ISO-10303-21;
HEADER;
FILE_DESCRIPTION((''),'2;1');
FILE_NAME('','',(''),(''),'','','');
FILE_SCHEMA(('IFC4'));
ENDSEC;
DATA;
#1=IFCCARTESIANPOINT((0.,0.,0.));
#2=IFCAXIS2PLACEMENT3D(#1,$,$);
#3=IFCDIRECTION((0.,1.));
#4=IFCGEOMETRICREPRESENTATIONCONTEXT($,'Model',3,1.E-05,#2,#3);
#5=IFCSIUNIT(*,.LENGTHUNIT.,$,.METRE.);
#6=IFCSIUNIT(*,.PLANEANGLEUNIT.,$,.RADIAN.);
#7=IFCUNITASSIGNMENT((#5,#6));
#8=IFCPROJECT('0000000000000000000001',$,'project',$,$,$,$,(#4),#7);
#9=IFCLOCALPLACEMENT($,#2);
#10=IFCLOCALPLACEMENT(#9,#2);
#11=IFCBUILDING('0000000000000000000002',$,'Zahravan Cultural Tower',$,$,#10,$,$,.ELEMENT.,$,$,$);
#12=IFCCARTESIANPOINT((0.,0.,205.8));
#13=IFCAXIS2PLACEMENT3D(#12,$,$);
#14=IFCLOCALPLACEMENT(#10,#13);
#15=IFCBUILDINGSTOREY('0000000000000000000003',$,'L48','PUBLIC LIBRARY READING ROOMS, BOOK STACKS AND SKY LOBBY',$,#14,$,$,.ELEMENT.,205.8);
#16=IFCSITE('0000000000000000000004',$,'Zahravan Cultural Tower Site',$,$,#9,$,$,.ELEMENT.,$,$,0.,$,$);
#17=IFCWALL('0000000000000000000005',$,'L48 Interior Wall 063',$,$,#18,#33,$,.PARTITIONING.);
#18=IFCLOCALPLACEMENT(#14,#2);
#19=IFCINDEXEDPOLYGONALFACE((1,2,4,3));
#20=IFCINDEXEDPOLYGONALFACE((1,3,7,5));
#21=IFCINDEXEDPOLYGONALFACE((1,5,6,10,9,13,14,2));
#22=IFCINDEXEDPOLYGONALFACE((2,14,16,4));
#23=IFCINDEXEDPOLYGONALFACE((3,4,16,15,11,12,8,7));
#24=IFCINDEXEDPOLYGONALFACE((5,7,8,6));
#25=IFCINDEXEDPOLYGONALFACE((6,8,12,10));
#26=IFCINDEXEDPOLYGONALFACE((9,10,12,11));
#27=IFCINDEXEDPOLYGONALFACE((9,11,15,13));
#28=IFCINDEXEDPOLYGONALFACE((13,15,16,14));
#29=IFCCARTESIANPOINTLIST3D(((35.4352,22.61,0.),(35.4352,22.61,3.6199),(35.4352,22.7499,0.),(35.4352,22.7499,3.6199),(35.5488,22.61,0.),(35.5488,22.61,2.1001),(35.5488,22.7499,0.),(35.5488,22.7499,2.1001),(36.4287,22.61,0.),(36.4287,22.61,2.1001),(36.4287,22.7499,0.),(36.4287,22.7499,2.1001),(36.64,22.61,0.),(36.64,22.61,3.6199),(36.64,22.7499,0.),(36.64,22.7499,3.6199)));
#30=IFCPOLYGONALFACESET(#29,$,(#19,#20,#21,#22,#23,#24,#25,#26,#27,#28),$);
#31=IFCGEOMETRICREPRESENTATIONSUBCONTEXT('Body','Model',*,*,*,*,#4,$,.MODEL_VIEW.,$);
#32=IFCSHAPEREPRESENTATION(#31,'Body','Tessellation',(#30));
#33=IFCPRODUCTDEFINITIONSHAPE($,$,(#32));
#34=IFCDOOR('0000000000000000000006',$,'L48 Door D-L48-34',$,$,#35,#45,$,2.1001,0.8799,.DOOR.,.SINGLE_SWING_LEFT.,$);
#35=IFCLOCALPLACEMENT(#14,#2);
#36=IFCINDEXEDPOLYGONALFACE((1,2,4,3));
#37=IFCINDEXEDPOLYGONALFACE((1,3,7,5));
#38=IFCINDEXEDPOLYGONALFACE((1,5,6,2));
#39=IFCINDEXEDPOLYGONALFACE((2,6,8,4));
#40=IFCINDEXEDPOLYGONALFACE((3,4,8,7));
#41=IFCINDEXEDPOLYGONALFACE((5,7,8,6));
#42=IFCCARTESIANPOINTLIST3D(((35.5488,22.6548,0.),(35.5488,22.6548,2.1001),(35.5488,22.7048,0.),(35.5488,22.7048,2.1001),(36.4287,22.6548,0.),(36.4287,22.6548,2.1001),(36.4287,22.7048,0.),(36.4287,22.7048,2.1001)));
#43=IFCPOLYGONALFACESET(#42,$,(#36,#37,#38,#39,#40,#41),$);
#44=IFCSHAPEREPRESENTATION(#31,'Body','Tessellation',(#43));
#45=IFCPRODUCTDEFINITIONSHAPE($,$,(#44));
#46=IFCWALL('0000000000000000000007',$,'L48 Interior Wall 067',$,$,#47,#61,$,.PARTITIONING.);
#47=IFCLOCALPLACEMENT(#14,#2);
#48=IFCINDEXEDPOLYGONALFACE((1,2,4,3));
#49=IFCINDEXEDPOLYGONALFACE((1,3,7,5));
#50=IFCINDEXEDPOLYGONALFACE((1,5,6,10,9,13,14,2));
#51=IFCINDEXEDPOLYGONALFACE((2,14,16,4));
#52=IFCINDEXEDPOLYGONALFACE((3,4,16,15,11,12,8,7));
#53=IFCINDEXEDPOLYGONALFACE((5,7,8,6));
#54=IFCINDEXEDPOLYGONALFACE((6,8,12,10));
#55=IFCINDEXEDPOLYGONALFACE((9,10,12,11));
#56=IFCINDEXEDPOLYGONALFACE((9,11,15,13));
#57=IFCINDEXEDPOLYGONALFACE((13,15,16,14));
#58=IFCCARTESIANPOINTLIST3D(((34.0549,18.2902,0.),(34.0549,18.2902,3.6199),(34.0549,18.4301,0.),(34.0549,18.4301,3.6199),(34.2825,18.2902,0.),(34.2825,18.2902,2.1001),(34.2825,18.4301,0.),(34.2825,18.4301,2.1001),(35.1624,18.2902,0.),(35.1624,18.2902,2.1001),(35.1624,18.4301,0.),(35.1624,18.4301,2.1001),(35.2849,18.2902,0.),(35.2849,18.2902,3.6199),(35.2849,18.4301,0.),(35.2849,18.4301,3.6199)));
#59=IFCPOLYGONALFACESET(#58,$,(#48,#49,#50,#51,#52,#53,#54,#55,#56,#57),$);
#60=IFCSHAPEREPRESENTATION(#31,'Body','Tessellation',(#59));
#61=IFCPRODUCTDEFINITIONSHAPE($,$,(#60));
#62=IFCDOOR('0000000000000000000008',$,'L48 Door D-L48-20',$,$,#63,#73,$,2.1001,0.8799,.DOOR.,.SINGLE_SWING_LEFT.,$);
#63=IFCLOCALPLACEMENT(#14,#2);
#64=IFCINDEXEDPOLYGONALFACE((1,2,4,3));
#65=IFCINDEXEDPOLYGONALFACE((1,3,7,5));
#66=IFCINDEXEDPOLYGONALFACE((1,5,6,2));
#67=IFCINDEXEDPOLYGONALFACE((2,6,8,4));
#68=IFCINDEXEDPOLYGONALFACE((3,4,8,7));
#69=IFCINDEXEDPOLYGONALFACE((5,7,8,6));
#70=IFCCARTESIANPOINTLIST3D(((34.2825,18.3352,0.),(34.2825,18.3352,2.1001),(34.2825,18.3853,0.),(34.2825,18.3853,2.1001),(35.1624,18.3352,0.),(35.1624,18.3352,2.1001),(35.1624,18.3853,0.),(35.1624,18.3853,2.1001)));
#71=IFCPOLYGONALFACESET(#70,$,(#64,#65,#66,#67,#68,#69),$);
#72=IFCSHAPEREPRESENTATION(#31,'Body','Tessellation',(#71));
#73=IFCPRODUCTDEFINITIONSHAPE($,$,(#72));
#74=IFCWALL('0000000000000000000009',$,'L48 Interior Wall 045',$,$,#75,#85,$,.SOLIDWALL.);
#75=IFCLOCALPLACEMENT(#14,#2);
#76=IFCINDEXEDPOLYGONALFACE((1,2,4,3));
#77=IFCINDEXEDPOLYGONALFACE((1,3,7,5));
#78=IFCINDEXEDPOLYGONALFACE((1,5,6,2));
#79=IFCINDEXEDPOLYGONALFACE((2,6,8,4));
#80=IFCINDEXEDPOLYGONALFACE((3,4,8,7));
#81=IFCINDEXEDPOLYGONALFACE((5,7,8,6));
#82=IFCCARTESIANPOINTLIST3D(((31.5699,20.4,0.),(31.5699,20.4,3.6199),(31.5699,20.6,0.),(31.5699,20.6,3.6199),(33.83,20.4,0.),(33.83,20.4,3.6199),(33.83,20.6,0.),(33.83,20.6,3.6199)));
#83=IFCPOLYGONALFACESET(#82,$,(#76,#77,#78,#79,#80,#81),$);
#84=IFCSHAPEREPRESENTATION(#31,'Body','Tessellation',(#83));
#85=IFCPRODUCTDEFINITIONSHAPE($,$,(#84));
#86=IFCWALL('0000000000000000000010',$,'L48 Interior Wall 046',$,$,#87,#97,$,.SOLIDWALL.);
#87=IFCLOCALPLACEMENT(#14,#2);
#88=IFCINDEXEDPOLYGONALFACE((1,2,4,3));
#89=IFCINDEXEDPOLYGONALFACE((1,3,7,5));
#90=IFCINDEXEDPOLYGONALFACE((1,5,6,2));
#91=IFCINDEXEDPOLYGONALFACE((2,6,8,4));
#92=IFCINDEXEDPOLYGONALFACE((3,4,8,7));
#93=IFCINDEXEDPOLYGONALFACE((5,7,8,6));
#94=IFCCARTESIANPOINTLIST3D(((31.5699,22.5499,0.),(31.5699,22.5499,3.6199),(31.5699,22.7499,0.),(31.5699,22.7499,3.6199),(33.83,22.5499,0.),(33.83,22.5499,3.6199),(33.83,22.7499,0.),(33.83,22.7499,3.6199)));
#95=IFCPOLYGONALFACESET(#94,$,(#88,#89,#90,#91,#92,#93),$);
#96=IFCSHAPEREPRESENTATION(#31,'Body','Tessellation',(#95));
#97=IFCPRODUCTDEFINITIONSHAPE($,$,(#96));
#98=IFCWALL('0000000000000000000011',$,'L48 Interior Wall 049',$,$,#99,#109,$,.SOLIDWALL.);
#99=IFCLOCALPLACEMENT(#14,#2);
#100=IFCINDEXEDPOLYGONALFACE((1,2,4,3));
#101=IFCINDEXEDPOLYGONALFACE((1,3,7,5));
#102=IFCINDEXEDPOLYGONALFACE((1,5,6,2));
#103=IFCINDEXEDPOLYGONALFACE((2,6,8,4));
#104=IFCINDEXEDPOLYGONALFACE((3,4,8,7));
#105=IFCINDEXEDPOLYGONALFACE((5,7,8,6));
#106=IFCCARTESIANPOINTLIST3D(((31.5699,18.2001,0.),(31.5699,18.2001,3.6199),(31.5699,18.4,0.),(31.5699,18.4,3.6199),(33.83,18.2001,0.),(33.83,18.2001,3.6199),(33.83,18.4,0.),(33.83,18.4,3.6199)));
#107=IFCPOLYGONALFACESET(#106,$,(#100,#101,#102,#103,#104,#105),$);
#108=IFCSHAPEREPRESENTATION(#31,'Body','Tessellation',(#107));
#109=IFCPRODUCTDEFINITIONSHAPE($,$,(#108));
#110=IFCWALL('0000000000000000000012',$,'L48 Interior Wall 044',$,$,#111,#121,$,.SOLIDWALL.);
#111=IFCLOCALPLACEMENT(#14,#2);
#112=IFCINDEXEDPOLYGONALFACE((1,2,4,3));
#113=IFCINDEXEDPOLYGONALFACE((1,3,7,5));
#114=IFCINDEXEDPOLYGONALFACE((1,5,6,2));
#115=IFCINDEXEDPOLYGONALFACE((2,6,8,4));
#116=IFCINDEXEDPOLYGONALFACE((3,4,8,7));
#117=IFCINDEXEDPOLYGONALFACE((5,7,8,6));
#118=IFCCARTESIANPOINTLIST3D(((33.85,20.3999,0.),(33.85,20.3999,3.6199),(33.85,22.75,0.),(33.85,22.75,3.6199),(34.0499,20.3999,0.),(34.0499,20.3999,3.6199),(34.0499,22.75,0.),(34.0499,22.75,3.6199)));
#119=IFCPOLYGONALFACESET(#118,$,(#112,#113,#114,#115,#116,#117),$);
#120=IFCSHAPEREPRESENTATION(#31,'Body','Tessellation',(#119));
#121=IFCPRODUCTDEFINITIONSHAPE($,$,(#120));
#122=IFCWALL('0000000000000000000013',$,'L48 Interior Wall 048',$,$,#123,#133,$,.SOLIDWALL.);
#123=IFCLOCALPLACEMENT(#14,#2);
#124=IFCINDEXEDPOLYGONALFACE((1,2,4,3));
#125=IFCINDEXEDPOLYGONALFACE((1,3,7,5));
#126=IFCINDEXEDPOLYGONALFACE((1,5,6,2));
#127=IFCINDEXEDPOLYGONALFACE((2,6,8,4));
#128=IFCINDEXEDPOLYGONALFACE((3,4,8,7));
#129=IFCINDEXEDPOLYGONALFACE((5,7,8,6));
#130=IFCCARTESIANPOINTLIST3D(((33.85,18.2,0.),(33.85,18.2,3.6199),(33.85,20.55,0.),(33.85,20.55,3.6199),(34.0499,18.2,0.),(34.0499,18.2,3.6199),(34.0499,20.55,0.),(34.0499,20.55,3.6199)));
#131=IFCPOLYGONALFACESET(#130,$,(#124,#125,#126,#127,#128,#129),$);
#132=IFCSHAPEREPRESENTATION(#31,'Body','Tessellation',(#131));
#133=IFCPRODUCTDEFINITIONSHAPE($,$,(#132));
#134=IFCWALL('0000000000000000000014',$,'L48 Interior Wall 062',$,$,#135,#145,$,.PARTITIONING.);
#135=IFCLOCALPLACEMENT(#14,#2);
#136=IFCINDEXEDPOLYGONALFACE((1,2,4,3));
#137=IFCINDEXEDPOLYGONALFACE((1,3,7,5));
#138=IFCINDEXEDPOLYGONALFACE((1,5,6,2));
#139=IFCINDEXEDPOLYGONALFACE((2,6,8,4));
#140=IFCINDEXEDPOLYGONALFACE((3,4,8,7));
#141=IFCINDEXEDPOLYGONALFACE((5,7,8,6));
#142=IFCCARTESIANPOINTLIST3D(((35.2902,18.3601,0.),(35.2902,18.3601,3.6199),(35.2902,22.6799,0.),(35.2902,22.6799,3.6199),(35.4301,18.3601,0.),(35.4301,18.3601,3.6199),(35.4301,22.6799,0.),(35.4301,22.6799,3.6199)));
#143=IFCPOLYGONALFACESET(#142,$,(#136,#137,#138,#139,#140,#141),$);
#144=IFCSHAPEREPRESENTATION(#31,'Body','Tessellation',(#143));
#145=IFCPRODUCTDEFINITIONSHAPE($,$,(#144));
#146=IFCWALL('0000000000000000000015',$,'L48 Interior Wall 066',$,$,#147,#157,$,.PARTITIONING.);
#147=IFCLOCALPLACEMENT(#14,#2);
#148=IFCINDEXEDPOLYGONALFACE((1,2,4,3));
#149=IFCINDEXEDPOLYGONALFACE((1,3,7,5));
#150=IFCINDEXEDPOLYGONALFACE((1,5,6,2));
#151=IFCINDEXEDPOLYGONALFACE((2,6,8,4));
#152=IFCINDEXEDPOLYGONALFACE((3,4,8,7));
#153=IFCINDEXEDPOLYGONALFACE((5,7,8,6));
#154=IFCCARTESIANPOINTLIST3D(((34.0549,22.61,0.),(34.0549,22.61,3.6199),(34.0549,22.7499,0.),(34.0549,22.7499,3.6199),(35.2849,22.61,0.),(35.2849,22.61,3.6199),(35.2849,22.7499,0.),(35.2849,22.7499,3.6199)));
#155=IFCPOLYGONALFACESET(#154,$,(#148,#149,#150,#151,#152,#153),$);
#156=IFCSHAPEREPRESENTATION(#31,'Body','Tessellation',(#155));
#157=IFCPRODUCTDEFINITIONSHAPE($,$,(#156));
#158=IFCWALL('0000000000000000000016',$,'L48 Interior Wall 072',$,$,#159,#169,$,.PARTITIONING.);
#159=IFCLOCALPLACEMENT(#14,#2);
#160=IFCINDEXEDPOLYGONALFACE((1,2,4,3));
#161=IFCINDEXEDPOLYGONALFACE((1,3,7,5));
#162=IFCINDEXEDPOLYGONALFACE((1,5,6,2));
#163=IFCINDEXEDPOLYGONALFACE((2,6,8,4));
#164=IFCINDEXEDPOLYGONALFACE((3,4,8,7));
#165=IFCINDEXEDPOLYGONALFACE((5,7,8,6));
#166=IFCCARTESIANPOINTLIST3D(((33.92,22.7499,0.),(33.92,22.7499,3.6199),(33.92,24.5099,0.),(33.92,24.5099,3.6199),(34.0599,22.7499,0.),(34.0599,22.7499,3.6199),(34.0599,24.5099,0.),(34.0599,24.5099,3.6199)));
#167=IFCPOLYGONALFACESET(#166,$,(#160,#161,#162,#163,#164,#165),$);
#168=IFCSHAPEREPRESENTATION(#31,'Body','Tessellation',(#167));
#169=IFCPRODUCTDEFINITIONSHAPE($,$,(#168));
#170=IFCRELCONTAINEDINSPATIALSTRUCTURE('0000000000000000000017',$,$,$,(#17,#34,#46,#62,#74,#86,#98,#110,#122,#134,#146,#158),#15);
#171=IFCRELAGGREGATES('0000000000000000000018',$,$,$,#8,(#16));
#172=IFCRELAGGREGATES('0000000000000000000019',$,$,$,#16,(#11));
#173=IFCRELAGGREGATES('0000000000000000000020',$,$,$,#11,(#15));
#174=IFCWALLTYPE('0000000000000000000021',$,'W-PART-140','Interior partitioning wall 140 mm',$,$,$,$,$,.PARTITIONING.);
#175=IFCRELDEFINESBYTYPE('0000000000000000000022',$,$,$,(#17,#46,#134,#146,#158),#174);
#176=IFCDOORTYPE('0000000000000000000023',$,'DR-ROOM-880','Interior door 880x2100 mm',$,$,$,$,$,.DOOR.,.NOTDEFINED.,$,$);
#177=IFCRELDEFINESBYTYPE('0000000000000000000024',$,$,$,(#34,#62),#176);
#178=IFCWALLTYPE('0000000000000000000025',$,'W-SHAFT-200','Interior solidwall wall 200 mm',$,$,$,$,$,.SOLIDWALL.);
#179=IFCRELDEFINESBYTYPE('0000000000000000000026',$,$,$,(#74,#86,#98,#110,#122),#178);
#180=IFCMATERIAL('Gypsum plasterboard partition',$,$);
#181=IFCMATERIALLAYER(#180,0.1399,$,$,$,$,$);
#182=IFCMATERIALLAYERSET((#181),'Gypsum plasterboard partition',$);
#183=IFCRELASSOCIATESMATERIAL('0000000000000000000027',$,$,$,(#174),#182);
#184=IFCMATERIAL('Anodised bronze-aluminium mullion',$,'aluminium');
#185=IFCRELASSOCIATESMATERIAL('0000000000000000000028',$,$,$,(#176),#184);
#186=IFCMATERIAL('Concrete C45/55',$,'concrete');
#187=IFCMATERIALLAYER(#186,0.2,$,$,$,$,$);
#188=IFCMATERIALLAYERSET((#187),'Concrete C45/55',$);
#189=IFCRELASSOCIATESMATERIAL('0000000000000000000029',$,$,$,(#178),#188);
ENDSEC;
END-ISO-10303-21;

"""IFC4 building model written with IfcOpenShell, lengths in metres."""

from ifc_helpers import new_model, si_unit, direction, frame, frame_2d, origin, place, context, subcontext, project, spatial, rectangle, extrude, source, transform, mapped, material, layer, layer_set, type_object, element, fill, save


model = new_model("IFC4")

# Units and contexts
model_context = context("Model", 3, precision=1e-05, world=origin(), true_north=direction((0.0, 1.0)))
body_context = subcontext(model_context, "Body", "Model", "MODEL_VIEW")
ifc_project = project(units=[si_unit("LENGTHUNIT", "METRE"), si_unit("PLANEANGLEUNIT", "RADIAN")], contexts=[model_context])

# Site, building, storey
site_placement = place(None, origin())
site = spatial("IfcSite", under=ifc_project, at=site_placement, Name="Zahravan Cultural Tower Site", CompositionType="ELEMENT", RefElevation=0.0)
building_placement = place(site_placement, origin())
building = spatial("IfcBuilding", under=site, at=building_placement, Name="Zahravan Cultural Tower", CompositionType="ELEMENT")
storey_placement = place(building_placement, frame((0.0, 0.0, 205.8)))
storey = spatial("IfcBuildingStorey", under=building, at=storey_placement, Name="L48", Description="PUBLIC LIBRARY READING ROOMS, BOOK STACKS AND SKY LOBBY", CompositionType="ELEMENT", Elevation=205.8)

# Walls, openings, doors
ifc_material_1 = material(Name="Gypsum plasterboard partition")
ifc_layer_1 = layer(ifc_material_1, 0.1399)
ifc_layer_set_1 = layer_set([ifc_layer_1], Name="Gypsum plasterboard partition")
wall_type_1 = type_object("IfcWallType", Name="W-PART-140", Description="Interior partitioning wall 140 mm", PredefinedType="PARTITIONING", material=ifc_layer_set_1)
wall_1_placement = place(storey_placement, frame((35.4351, 22.6799, 0.0), z_axis=(0.0, 0.0, 1.0), x_axis=(1.0, 0.0, 0.0)))
wall_1 = element("IfcWall", 1, at=wall_1_placement, inside=storey, type_object=wall_type_1, Name="L48 Interior Wall 063", PredefinedType="PARTITIONING", context=body_context, shape_type="SweptSolid", body=[
    extrude(rectangle(XDim=1.2048, YDim=0.1399, at=frame_2d((0.6025, 0.0))), origin(), (0.0, 0.0, 1.0), 3.6199),
])
opening_1_placement = place(wall_1_placement, frame((0.1138, 0.0, 0.0)))
opening_1 = element("IfcOpeningElement", 2, at=opening_1_placement, cuts=wall_1, PredefinedType="OPENING", context=body_context, shape_type="SweptSolid", body=[
    extrude(rectangle(XDim=0.8799, YDim=2.1001, at=frame_2d((0.4399, 1.05))), frame((0.0, 0.0798, 0.0), z_axis=(0.0, -1.0, 0.0), x_axis=(1.0, 0.0, 0.0)), (0.0, 0.0, 1.0), 0.1599),
])
ifc_material_2 = material(Name="Anodised bronze-aluminium mullion", Category="aluminium")
door_type_1 = type_object("IfcDoorType", Name="DR-ROOM-880", Description="Interior door 880x2100 mm", OperationType="NOTDEFINED", PredefinedType="DOOR", material=ifc_material_2)
shared_shape_1 = source(origin(), body_context, "Body", "SweptSolid", [
    extrude(rectangle(XDim=0.8799, YDim=2.1001, at=frame_2d((0.4399, 1.05))), frame((0.0, 0.0249, 0.0), z_axis=(0.0, -1.0, 0.0), x_axis=(1.0, 0.0, 0.0)), (0.0, 0.0, 1.0), 0.05),
])
door_1_placement = place(opening_1_placement, origin())
door_1 = element("IfcDoor", 3, at=door_1_placement, inside=storey, type_object=door_type_1, Name="L48 Door D-L48-34", OperationType="SINGLE_SWING_LEFT", OverallHeight=2.1001, OverallWidth=0.8799, PredefinedType="DOOR", context=body_context, shape_type="MappedRepresentation", body=[
    mapped(shared_shape_1, transform((0.0, 0.0, 0.0), x_axis=(1.0, 0.0, 0.0), y_axis=(0.0, 1.0, 0.0), z_axis=(0.0, 0.0, 1.0), scale=1.0)),
])
fill(opening_1, door_1)
wall_2_placement = place(storey_placement, frame((35.2849, 18.3601, 0.0), z_axis=(0.0, 0.0, 1.0), x_axis=(-1.0, 0.0, 0.0)))
wall_2 = element("IfcWall", 4, at=wall_2_placement, inside=storey, type_object=wall_type_1, Name="L48 Interior Wall 067", PredefinedType="PARTITIONING", context=body_context, shape_type="SweptSolid", body=[
    extrude(rectangle(XDim=1.23, YDim=0.1399, at=frame_2d((0.615, 0.0))), origin(), (0.0, 0.0, 1.0), 3.6199),
])
opening_2_placement = place(wall_2_placement, frame((0.1226, 0.0, 0.0)))
opening_2 = element("IfcOpeningElement", 5, at=opening_2_placement, cuts=wall_2, PredefinedType="OPENING", context=body_context, shape_type="SweptSolid", body=[
    extrude(rectangle(XDim=0.8799, YDim=2.1001, at=frame_2d((0.4399, 1.05))), frame((0.0, 0.0798, 0.0), z_axis=(0.0, -1.0, 0.0), x_axis=(1.0, 0.0, 0.0)), (0.0, 0.0, 1.0), 0.1599),
])
door_2_placement = place(opening_2_placement, origin())
door_2 = element("IfcDoor", 6, at=door_2_placement, inside=storey, type_object=door_type_1, Name="L48 Door D-L48-20", OperationType="SINGLE_SWING_LEFT", OverallHeight=2.1001, OverallWidth=0.8799, PredefinedType="DOOR", context=body_context, shape_type="MappedRepresentation", body=[
    mapped(shared_shape_1, transform((0.0, 0.0, 0.0), x_axis=(1.0, 0.0, 0.0), y_axis=(0.0, 1.0, 0.0), z_axis=(0.0, 0.0, 1.0), scale=1.0)),
])
fill(opening_2, door_2)
ifc_material_3 = material(Name="Concrete C45/55", Category="concrete")
ifc_layer_2 = layer(ifc_material_3, 0.2)
ifc_layer_set_2 = layer_set([ifc_layer_2], Name="Concrete C45/55")
wall_type_2 = type_object("IfcWallType", Name="W-SHAFT-200", Description="Interior solidwall wall 200 mm", PredefinedType="SOLIDWALL", material=ifc_layer_set_2)

# Walls
shared_shape_2 = source(origin(), body_context, "Body", "SweptSolid", [
    extrude(rectangle(XDim=2.26, YDim=0.2, at=frame_2d((1.1299, 0.0))), origin(), (0.0, 0.0, 1.0), 3.6199),
])
for number, where, z_axis, x_axis, name in (
    (7, (31.5701, 20.5, 0.0), (0.0, 0.0, 1.0), (1.0, 0.0, 0.0), "L48 Interior Wall 045"),
    (8, (31.5701, 22.6499, 0.0), (0.0, 0.0, 1.0), (1.0, 0.0, 0.0), "L48 Interior Wall 046"),
    (9, (31.5701, 18.3, 0.0), (0.0, 0.0, 1.0), (1.0, 0.0, 0.0), "L48 Interior Wall 049"),
):
    element("IfcWall", number, at=place(storey_placement, frame(where, z_axis=z_axis, x_axis=x_axis)), inside=storey, type_object=wall_type_2, Name=name, PredefinedType="SOLIDWALL", context=body_context, shape_type="MappedRepresentation", body=[
        mapped(shared_shape_2, transform((0.0, 0.0, 0.0), x_axis=(1.0, 0.0, 0.0), y_axis=(0.0, 1.0, 0.0), z_axis=(0.0, 0.0, 1.0), scale=1.0)),
    ])
shared_shape_3 = source(origin(), body_context, "Body", "SweptSolid", [
    extrude(rectangle(XDim=2.3501, YDim=0.2, at=frame_2d((1.175, 0.0))), origin(), (0.0, 0.0, 1.0), 3.6199),
])
for number, where, z_axis, x_axis, name in (
    (10, (33.95, 20.3999, 0.0), (0.0, 0.0, 1.0), (0.0, 1.0, 0.0), "L48 Interior Wall 044"),
    (11, (33.95, 18.2, 0.0), (0.0, 0.0, 1.0), (0.0, 1.0, 0.0), "L48 Interior Wall 048"),
):
    element("IfcWall", number, at=place(storey_placement, frame(where, z_axis=z_axis, x_axis=x_axis)), inside=storey, type_object=wall_type_2, Name=name, PredefinedType="SOLIDWALL", context=body_context, shape_type="MappedRepresentation", body=[
        mapped(shared_shape_3, transform((0.0, 0.0, 0.0), x_axis=(1.0, 0.0, 0.0), y_axis=(0.0, 1.0, 0.0), z_axis=(0.0, 0.0, 1.0), scale=1.0)),
    ])
shared_shape_4 = source(origin(), body_context, "Body", "SweptSolid", [
    extrude(rectangle(XDim=4.3198, YDim=0.1399, at=frame_2d((2.1599, 0.0))), origin(), (0.0, 0.0, 1.0), 3.6199),
])
wall_3_placement = place(storey_placement, frame((35.3601, 18.3601, 0.0), z_axis=(0.0, 0.0, 1.0), x_axis=(0.0, 1.0, 0.0)))
element("IfcWall", 12, at=wall_3_placement, inside=storey, type_object=wall_type_1, Name="L48 Interior Wall 062", PredefinedType="PARTITIONING", context=body_context, shape_type="MappedRepresentation", body=[
    mapped(shared_shape_4, transform((0.0, 0.0, 0.0), x_axis=(1.0, 0.0, 0.0), y_axis=(0.0, 1.0, 0.0), z_axis=(0.0, 0.0, 1.0), scale=1.0)),
])
shared_shape_5 = source(origin(), body_context, "Body", "SweptSolid", [
    extrude(rectangle(XDim=1.23, YDim=0.1399, at=frame_2d((0.615, 0.0))), origin(), (0.0, 0.0, 1.0), 3.6199),
])
wall_4_placement = place(storey_placement, frame((34.0549, 22.6799, 0.0), z_axis=(0.0, 0.0, 1.0), x_axis=(1.0, 0.0, 0.0)))
element("IfcWall", 13, at=wall_4_placement, inside=storey, type_object=wall_type_1, Name="L48 Interior Wall 066", PredefinedType="PARTITIONING", context=body_context, shape_type="MappedRepresentation", body=[
    mapped(shared_shape_5, transform((0.0, 0.0, 0.0), x_axis=(1.0, 0.0, 0.0), y_axis=(0.0, 1.0, 0.0), z_axis=(0.0, 0.0, 1.0), scale=1.0)),
])
shared_shape_6 = source(origin(), body_context, "Body", "SweptSolid", [
    extrude(rectangle(XDim=1.76, YDim=0.1399, at=frame_2d((0.8799, 0.0))), origin(), (0.0, 0.0, 1.0), 3.6199),
])
wall_5_placement = place(storey_placement, frame((33.99, 22.75, 0.0), z_axis=(0.0, 0.0, 1.0), x_axis=(0.0, 1.0, 0.0)))
element("IfcWall", 14, at=wall_5_placement, inside=storey, type_object=wall_type_1, Name="L48 Interior Wall 072", PredefinedType="PARTITIONING", context=body_context, shape_type="MappedRepresentation", body=[
    mapped(shared_shape_6, transform((0.0, 0.0, 0.0), x_axis=(1.0, 0.0, 0.0), y_axis=(0.0, 1.0, 0.0), z_axis=(0.0, 0.0, 1.0), scale=1.0)),
])

save(model, "model.ifc")
